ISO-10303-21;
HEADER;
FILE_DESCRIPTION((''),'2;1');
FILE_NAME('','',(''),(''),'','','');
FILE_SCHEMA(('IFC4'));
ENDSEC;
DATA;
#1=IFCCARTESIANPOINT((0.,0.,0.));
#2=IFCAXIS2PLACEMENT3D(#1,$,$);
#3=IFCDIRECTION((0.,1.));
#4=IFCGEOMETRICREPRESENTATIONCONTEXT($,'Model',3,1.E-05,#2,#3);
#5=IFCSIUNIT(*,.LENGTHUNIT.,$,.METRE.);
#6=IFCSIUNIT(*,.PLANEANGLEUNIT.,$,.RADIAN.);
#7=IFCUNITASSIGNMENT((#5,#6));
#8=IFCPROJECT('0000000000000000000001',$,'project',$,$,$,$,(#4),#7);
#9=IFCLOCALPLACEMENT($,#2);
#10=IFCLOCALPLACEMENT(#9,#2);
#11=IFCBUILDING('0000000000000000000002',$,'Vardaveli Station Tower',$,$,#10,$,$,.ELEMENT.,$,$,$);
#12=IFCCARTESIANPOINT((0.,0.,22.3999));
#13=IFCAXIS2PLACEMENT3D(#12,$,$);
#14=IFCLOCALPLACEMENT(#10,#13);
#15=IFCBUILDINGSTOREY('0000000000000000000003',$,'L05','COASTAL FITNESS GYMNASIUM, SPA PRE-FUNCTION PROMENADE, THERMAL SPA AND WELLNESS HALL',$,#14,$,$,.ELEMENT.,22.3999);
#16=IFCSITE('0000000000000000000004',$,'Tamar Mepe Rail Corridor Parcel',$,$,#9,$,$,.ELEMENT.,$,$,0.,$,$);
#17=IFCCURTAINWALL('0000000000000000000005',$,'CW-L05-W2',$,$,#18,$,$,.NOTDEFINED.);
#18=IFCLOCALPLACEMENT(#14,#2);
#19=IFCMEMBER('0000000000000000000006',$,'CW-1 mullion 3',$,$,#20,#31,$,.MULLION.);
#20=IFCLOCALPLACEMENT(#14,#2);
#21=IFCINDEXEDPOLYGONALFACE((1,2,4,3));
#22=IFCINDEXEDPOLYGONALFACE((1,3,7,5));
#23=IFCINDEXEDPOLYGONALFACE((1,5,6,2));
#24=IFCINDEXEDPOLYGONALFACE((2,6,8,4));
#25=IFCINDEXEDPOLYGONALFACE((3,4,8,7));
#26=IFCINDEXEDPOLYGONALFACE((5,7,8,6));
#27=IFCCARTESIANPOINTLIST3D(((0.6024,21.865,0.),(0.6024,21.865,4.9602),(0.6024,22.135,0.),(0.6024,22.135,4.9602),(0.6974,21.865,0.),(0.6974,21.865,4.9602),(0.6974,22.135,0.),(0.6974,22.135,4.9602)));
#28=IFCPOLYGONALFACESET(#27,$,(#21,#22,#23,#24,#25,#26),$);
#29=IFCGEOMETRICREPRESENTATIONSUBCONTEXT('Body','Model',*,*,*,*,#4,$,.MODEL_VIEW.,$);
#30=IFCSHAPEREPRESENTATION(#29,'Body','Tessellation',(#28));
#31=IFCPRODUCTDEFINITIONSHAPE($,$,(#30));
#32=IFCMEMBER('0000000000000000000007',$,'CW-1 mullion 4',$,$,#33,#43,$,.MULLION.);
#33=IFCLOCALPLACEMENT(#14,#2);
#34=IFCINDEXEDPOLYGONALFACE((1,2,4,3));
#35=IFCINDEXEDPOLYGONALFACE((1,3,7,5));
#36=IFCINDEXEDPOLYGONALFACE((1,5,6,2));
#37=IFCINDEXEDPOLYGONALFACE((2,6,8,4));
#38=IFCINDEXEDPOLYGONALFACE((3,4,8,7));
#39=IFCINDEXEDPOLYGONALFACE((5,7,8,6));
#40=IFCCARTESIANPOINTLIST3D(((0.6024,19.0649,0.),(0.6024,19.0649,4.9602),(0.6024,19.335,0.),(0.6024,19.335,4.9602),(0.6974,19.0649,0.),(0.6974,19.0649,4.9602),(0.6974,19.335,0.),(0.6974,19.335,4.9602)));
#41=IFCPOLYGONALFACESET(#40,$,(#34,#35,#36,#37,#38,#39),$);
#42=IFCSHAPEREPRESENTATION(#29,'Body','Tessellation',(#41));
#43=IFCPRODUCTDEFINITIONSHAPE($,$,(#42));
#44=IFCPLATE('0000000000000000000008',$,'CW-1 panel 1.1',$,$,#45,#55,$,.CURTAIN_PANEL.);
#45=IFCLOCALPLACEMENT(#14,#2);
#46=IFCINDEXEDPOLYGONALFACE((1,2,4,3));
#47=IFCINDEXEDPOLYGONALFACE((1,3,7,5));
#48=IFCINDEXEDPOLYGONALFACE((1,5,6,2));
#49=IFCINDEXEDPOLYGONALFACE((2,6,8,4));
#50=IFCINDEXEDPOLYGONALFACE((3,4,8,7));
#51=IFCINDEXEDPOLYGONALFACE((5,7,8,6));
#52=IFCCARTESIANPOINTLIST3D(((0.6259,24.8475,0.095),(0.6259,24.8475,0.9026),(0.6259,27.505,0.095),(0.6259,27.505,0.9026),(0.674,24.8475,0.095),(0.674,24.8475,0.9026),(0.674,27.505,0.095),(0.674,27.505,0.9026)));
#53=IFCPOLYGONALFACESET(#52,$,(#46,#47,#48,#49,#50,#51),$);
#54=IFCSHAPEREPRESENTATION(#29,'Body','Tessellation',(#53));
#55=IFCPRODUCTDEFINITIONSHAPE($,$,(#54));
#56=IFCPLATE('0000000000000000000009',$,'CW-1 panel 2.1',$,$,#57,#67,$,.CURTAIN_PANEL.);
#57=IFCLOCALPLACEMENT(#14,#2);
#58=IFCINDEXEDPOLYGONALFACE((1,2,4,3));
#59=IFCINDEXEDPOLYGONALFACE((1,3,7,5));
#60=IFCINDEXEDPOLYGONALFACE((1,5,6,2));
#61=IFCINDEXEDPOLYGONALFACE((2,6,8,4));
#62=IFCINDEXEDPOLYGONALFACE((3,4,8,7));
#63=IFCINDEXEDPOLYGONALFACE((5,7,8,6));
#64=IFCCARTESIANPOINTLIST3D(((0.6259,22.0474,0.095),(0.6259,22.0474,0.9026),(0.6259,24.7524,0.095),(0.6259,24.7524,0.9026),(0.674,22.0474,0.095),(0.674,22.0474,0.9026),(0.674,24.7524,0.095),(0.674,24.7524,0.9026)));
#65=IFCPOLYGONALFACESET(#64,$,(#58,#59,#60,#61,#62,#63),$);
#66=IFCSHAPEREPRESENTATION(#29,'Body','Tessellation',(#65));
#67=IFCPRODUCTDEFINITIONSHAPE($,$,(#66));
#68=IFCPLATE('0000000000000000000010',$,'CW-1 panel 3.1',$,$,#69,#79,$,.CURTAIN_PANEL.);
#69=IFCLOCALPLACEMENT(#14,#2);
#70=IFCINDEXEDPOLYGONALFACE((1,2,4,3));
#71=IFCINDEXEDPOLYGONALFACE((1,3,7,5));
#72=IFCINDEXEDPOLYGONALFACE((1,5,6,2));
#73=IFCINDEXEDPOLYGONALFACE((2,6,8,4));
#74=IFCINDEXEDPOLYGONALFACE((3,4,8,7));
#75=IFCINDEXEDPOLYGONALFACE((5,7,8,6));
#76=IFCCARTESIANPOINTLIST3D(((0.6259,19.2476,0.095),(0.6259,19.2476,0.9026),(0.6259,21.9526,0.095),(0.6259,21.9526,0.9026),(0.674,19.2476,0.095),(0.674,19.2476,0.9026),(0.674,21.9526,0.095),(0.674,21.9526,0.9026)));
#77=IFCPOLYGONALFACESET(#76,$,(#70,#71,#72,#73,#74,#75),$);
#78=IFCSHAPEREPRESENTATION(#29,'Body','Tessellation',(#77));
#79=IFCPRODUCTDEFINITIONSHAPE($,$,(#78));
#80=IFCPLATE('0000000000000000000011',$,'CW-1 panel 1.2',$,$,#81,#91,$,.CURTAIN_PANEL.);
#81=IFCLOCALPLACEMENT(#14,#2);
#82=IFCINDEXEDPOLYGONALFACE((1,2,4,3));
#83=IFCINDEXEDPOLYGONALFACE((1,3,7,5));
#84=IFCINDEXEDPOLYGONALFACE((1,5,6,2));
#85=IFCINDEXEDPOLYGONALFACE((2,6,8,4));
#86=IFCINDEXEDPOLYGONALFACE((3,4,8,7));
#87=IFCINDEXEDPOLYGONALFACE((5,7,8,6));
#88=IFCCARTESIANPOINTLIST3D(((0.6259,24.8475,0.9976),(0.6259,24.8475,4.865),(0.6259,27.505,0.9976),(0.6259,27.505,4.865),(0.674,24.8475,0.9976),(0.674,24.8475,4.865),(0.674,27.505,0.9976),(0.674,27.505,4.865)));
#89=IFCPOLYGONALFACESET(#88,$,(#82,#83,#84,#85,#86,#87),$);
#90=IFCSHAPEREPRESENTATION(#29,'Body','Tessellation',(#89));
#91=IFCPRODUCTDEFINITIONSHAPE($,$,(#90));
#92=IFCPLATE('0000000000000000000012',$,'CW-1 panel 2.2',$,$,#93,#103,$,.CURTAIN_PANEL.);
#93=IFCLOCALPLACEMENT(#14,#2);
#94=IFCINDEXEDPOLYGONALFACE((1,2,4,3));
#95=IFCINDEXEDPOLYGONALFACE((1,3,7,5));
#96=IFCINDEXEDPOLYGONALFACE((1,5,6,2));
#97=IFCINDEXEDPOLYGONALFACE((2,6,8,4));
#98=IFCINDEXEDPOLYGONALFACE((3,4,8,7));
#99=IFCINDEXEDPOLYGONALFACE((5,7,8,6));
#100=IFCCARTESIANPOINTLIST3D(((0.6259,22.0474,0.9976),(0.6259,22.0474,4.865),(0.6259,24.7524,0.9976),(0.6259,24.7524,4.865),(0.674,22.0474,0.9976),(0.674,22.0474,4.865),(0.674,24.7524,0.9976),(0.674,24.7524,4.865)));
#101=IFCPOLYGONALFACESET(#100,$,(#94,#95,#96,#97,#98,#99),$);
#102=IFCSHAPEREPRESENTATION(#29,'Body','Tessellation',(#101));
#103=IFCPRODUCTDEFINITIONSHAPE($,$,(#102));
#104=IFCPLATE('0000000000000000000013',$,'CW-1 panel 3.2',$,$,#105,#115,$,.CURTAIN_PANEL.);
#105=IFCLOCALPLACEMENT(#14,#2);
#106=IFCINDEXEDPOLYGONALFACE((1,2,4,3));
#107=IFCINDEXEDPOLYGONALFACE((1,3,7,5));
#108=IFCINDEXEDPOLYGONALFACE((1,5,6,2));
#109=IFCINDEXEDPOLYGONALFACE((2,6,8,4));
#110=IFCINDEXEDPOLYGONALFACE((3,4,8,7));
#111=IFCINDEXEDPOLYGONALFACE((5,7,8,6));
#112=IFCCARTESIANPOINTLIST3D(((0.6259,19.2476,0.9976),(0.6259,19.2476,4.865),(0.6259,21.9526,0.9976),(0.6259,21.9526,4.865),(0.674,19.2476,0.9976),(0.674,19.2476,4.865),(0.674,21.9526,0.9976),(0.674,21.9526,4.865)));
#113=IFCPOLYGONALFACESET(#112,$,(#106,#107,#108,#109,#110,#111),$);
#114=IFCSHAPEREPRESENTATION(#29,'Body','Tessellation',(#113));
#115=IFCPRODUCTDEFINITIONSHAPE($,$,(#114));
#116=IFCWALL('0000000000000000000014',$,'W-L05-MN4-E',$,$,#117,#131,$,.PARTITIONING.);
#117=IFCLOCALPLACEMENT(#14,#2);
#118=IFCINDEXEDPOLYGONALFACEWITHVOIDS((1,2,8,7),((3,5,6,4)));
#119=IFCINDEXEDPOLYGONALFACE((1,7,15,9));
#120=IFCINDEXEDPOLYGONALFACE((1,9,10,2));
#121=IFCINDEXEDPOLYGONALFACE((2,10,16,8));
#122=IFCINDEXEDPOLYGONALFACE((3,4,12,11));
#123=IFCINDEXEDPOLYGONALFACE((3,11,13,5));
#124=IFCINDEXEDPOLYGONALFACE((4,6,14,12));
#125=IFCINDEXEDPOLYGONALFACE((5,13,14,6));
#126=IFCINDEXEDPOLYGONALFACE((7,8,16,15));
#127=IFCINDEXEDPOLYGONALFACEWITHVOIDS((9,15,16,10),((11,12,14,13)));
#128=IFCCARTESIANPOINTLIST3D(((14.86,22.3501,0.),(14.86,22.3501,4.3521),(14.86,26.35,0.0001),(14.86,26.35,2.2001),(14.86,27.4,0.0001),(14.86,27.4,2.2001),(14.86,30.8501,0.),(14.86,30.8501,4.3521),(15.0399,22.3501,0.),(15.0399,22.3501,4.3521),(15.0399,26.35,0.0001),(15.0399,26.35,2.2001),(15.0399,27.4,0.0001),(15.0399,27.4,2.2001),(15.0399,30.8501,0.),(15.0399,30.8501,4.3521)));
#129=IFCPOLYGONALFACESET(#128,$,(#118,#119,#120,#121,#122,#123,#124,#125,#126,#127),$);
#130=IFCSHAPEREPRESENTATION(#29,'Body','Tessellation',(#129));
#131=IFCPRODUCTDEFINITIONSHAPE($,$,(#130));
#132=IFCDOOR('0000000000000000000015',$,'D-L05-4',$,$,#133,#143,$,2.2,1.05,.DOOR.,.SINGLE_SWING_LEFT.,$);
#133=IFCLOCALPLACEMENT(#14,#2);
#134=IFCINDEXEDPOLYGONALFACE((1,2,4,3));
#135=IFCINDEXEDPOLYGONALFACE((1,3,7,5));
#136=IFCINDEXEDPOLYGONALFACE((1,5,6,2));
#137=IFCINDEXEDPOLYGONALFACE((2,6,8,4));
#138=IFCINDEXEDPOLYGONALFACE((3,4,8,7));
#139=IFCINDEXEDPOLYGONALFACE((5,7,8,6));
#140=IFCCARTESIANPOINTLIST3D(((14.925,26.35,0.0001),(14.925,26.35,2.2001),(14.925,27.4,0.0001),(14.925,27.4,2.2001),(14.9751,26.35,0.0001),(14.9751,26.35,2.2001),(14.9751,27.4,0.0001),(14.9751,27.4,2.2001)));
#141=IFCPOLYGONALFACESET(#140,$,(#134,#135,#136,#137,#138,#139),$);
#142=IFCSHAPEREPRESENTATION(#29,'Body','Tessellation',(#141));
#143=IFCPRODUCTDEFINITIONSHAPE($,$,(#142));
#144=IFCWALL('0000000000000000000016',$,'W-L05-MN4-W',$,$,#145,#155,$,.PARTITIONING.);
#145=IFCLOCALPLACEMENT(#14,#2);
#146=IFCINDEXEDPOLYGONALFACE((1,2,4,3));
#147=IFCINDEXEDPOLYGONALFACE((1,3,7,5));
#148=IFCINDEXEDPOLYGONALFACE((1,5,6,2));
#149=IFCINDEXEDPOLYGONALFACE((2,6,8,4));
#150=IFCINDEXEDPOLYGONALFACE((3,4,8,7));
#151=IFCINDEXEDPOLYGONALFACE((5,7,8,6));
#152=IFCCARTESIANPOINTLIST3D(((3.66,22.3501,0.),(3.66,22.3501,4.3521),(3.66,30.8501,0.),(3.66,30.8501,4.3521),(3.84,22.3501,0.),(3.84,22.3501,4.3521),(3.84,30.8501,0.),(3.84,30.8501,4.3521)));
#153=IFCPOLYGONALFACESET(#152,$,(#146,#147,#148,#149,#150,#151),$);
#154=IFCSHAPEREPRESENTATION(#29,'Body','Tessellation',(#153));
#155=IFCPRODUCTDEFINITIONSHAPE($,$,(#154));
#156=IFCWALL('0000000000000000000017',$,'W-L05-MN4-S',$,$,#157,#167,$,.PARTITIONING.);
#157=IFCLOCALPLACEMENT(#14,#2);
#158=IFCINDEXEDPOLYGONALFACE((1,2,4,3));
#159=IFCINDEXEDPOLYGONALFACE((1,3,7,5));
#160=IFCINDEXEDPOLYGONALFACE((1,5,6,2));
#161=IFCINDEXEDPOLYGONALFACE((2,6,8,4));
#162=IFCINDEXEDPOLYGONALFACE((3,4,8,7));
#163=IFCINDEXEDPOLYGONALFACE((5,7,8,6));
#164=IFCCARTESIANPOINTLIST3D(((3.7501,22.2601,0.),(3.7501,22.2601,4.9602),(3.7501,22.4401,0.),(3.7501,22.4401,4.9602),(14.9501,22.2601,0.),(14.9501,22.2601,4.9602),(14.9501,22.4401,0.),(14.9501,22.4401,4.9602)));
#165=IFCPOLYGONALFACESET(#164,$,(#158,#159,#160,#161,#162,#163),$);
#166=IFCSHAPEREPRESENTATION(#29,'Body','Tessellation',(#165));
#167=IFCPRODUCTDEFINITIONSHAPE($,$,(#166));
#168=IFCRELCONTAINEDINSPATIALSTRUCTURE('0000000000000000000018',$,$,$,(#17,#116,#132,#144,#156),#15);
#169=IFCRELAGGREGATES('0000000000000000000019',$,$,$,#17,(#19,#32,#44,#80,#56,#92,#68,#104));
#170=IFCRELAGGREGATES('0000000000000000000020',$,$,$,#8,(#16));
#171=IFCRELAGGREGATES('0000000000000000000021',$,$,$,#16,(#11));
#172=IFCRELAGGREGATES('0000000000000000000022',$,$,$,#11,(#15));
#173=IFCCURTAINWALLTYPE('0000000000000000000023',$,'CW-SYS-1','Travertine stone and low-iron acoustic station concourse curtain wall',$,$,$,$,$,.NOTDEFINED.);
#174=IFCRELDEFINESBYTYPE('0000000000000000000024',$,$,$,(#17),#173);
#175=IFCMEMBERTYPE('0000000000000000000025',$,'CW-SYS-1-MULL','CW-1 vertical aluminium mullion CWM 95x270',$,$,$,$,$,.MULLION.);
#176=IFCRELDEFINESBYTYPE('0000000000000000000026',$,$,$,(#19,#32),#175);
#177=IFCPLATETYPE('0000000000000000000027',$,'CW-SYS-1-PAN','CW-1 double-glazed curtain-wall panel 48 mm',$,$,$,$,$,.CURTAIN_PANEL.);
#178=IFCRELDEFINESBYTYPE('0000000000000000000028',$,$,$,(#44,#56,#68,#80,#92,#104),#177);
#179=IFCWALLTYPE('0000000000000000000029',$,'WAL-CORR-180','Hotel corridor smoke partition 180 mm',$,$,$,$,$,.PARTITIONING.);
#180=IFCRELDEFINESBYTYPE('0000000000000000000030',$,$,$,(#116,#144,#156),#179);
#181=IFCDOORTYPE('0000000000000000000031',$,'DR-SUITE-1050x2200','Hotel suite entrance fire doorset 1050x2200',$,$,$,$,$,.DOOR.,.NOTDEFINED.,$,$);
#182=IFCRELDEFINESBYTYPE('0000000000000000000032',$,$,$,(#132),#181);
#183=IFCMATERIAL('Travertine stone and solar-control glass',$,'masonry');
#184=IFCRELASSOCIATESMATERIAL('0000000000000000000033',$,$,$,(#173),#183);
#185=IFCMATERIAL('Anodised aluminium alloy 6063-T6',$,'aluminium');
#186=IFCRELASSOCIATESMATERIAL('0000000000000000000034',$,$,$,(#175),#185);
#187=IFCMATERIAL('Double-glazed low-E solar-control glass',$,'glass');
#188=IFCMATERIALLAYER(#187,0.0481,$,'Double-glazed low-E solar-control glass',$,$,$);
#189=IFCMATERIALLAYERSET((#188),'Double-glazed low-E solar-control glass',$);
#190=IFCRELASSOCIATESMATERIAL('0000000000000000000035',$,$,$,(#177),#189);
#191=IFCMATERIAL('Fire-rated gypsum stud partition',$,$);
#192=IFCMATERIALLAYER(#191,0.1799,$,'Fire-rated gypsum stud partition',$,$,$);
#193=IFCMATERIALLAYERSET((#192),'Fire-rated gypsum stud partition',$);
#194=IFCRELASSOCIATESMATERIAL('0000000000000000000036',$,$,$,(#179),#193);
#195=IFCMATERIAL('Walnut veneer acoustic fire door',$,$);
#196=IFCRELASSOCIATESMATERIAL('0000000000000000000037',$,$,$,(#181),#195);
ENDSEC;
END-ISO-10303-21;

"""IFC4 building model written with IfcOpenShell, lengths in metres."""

from ifc_helpers import new_model, si_unit, direction, frame, frame_2d, origin, origin_2d, place, context, subcontext, project, spatial, rectangle, extrude, source, transform, mapped, material, layer, layer_set, material_profile, profile_set, type_object, element, fill, aggregate, save


model = new_model("IFC4")

# Units and contexts
model_context = context("Model", 3, precision=1e-05, world=origin(), true_north=direction((0.0, 1.0)))
body_context = subcontext(model_context, "Body", "Model", "MODEL_VIEW")
ifc_project = project(units=[si_unit("LENGTHUNIT", "METRE"), si_unit("PLANEANGLEUNIT", "RADIAN")], contexts=[model_context])

# Site, building, storey
site_placement = place(None, origin())
site = spatial("IfcSite", under=ifc_project, at=site_placement, Name="Tamar Mepe Rail Corridor Parcel", CompositionType="ELEMENT", RefElevation=0.0)
building_placement = place(site_placement, origin())
building = spatial("IfcBuilding", under=site, at=building_placement, Name="Vardaveli Station Tower", CompositionType="ELEMENT")
storey_placement = place(building_placement, frame((0.0, 0.0, 22.3999)))
storey = spatial("IfcBuildingStorey", under=building, at=storey_placement, Name="L05", Description="COASTAL FITNESS GYMNASIUM, SPA PRE-FUNCTION PROMENADE, THERMAL SPA AND WELLNESS HALL", CompositionType="ELEMENT", Elevation=22.3999)

# Curtain wall, members, plates
ifc_material_1 = material(Name="Travertine stone and solar-control glass", Category="masonry")
curtain_wall_type = type_object("IfcCurtainWallType", Name="CW-SYS-1", Description="Travertine stone and low-iron acoustic station concourse curtain wall", PredefinedType="NOTDEFINED", material=ifc_material_1)
curtain_wall_placement = place(storey_placement, origin())
curtain_wall = element("IfcCurtainWall", 1, at=curtain_wall_placement, inside=storey, type_object=curtain_wall_type, Name="CW-L05-W2", PredefinedType="NOTDEFINED")
ifc_material_2 = material(Name="Anodised aluminium alloy 6063-T6", Category="aluminium")
ifc_material_profile_1 = material_profile(ifc_material_2, rectangle(XDim=0.095, YDim=0.27, at=origin_2d()), Name="CWM 95x270")
ifc_profile_set_1 = profile_set([ifc_material_profile_1], Name="Anodised aluminium alloy 6063-T6")
member_type_1 = type_object("IfcMemberType", Name="CW-SYS-1-MULL", Description="CW-1 vertical aluminium mullion CWM 95x270", PredefinedType="MULLION", material=ifc_profile_set_1)
shared_shape_1 = source(origin(), body_context, "Body", "SweptSolid", [
    extrude(rectangle(XDim=0.095, YDim=0.27, at=origin_2d()), origin(), (0.0, 0.0, 1.0), 4.9602),
])
member_1_placement = place(storey_placement, frame((0.6499, 22.0, 0.0), z_axis=(0.0, 0.0, 1.0), x_axis=(1.0, 0.0, 0.0)))
member_1 = element("IfcMember", 2, at=member_1_placement, type_object=member_type_1, Name="CW-1 mullion 3", PredefinedType="MULLION", context=body_context, shape_type="MappedRepresentation", body=[
    mapped(shared_shape_1, transform((0.0, 0.0, 0.0), scale=1.0)),
])
member_2_placement = place(storey_placement, frame((0.6499, 19.2, 0.0), z_axis=(0.0, 0.0, 1.0), x_axis=(1.0, 0.0, 0.0)))
member_2 = element("IfcMember", 3, at=member_2_placement, type_object=member_type_1, Name="CW-1 mullion 4", PredefinedType="MULLION", context=body_context, shape_type="MappedRepresentation", body=[
    mapped(shared_shape_1, transform((0.0, 0.0, 0.0), scale=1.0)),
])
ifc_material_3 = material(Name="Double-glazed low-E solar-control glass", Category="glass")
ifc_layer_1 = layer(ifc_material_3, 0.0481, Name="Double-glazed low-E solar-control glass")
ifc_layer_set_1 = layer_set([ifc_layer_1], Name="Double-glazed low-E solar-control glass")
plate_type = type_object("IfcPlateType", Name="CW-SYS-1-PAN", Description="CW-1 double-glazed curtain-wall panel 48 mm", PredefinedType="CURTAIN_PANEL", material=ifc_layer_set_1)
shared_shape_2 = source(origin(), body_context, "Body", "SweptSolid", [
    extrude(rectangle(XDim=2.6575, YDim=0.0481, at=origin_2d()), origin(), (0.0, 0.0, 1.0), 0.8076),
])
plate_1_placement = place(storey_placement, frame((0.6499, 26.1763, 0.095), z_axis=(0.0, 0.0, 1.0), x_axis=(0.0, -1.0, 0.0)))
plate_1 = element("IfcPlate", 4, at=plate_1_placement, type_object=plate_type, Name="CW-1 panel 1.1", PredefinedType="CURTAIN_PANEL", context=body_context, shape_type="MappedRepresentation", body=[
    mapped(shared_shape_2, transform((0.0, 0.0, 0.0), scale=1.0)),
])
shared_shape_3 = source(origin(), body_context, "Body", "SweptSolid", [
    extrude(rectangle(XDim=2.7051, YDim=0.0481, at=origin_2d()), origin(), (0.0, 0.0, 1.0), 0.8076),
])
plate_2_placement = place(storey_placement, frame((0.6499, 23.3999, 0.095), z_axis=(0.0, 0.0, 1.0), x_axis=(0.0, -1.0, 0.0)))
plate_2 = element("IfcPlate", 5, at=plate_2_placement, type_object=plate_type, Name="CW-1 panel 2.1", PredefinedType="CURTAIN_PANEL", context=body_context, shape_type="MappedRepresentation", body=[
    mapped(shared_shape_3, transform((0.0, 0.0, 0.0), scale=1.0)),
])
plate_3_placement = place(storey_placement, frame((0.6499, 20.6001, 0.095), z_axis=(0.0, 0.0, 1.0), x_axis=(0.0, -1.0, 0.0)))
plate_3 = element("IfcPlate", 6, at=plate_3_placement, type_object=plate_type, Name="CW-1 panel 3.1", PredefinedType="CURTAIN_PANEL", context=body_context, shape_type="MappedRepresentation", body=[
    mapped(shared_shape_3, transform((0.0, 0.0, 0.0), scale=1.0)),
])
shared_shape_4 = source(origin(), body_context, "Body", "SweptSolid", [
    extrude(rectangle(XDim=2.6575, YDim=0.0481, at=origin_2d()), origin(), (0.0, 0.0, 1.0), 3.8674),
])
plate_4_placement = place(storey_placement, frame((0.6499, 26.1763, 0.9976), z_axis=(0.0, 0.0, 1.0), x_axis=(0.0, -1.0, 0.0)))
plate_4 = element("IfcPlate", 7, at=plate_4_placement, type_object=plate_type, Name="CW-1 panel 1.2", PredefinedType="CURTAIN_PANEL", context=body_context, shape_type="MappedRepresentation", body=[
    mapped(shared_shape_4, transform((0.0, 0.0, 0.0), scale=1.0)),
])
shared_shape_5 = source(origin(), body_context, "Body", "SweptSolid", [
    extrude(rectangle(XDim=2.7051, YDim=0.0481, at=origin_2d()), origin(), (0.0, 0.0, 1.0), 3.8674),
])
plate_5_placement = place(storey_placement, frame((0.6499, 23.3999, 0.9976), z_axis=(0.0, 0.0, 1.0), x_axis=(0.0, -1.0, 0.0)))
plate_5 = element("IfcPlate", 8, at=plate_5_placement, type_object=plate_type, Name="CW-1 panel 2.2", PredefinedType="CURTAIN_PANEL", context=body_context, shape_type="MappedRepresentation", body=[
    mapped(shared_shape_5, transform((0.0, 0.0, 0.0), scale=1.0)),
])
plate_6_placement = place(storey_placement, frame((0.6499, 20.6001, 0.9976), z_axis=(0.0, 0.0, 1.0), x_axis=(0.0, -1.0, 0.0)))
plate_6 = element("IfcPlate", 9, at=plate_6_placement, type_object=plate_type, Name="CW-1 panel 3.2", PredefinedType="CURTAIN_PANEL", context=body_context, shape_type="MappedRepresentation", body=[
    mapped(shared_shape_5, transform((0.0, 0.0, 0.0), scale=1.0)),
])
aggregate(curtain_wall, [member_1, member_2, plate_1, plate_4, plate_2, plate_5, plate_3, plate_6])

# Wall, opening, door
ifc_material_4 = material(Name="Fire-rated gypsum stud partition")
ifc_layer_2 = layer(ifc_material_4, 0.1799, Name="Fire-rated gypsum stud partition")
ifc_layer_set_2 = layer_set([ifc_layer_2], Name="Fire-rated gypsum stud partition")
wall_type = type_object("IfcWallType", Name="WAL-CORR-180", Description="Hotel corridor smoke partition 180 mm", PredefinedType="PARTITIONING", material=ifc_layer_set_2)
shared_shape_6 = source(origin(), body_context, "Body", "SweptSolid", [
    extrude(rectangle(XDim=8.5, YDim=0.1799, at=frame_2d((4.25, 0.0))), origin(), (0.0, 0.0, 1.0), 4.3521),
])
wall_1_placement = place(storey_placement, frame((14.95, 22.3501, 0.0), z_axis=(0.0, 0.0, 1.0), x_axis=(0.0, 1.0, 0.0)))
wall_1 = element("IfcWall", 10, at=wall_1_placement, inside=storey, type_object=wall_type, Name="W-L05-MN4-E", PredefinedType="PARTITIONING", context=body_context, shape_type="MappedRepresentation", body=[
    mapped(shared_shape_6, transform((0.0, 0.0, 0.0), scale=1.0)),
])
shared_shape_7 = source(origin(), body_context, "Body", "SweptSolid", [
    extrude(rectangle(XDim=1.05, YDim=2.2, at=frame_2d((0.5249, 1.1001))), frame((0.0, 0.1001, 0.0), z_axis=(0.0, -1.0, 0.0), x_axis=(1.0, 0.0, 0.0)), (0.0, 0.0, 1.0), 0.2),
])
opening_placement = place(wall_1_placement, frame((4.0, 0.0, 0.0)))
opening = element("IfcOpeningElement", 11, at=opening_placement, cuts=wall_1, PredefinedType="OPENING", context=body_context, shape_type="MappedRepresentation", body=[
    mapped(shared_shape_7, transform((0.0, 0.0, 0.0), scale=1.0)),
])
ifc_material_5 = material(Name="Walnut veneer acoustic fire door")
door_type = type_object("IfcDoorType", Name="DR-SUITE-1050x2200", Description="Hotel suite entrance fire doorset 1050x2200", OperationType="NOTDEFINED", PredefinedType="DOOR", material=ifc_material_5)
shared_shape_8 = source(origin(), body_context, "Body", "SweptSolid", [
    extrude(rectangle(XDim=1.05, YDim=2.2, at=frame_2d((0.5249, 1.1001))), frame((0.0, 0.0249, 0.0), z_axis=(0.0, -1.0, 0.0), x_axis=(1.0, 0.0, 0.0)), (0.0, 0.0, 1.0), 0.05),
])
door_placement = place(opening_placement, origin())
door = element("IfcDoor", 12, at=door_placement, inside=storey, type_object=door_type, Name="D-L05-4", OperationType="SINGLE_SWING_LEFT", OverallHeight=2.2, OverallWidth=1.05, PredefinedType="DOOR", context=body_context, shape_type="MappedRepresentation", body=[
    mapped(shared_shape_8, transform((0.0, 0.0, 0.0), scale=1.0)),
])
fill(opening, door)

# Walls
wall_2_placement = place(storey_placement, frame((3.75, 22.3501, 0.0), z_axis=(0.0, 0.0, 1.0), x_axis=(0.0, 1.0, 0.0)))
element("IfcWall", 13, at=wall_2_placement, inside=storey, type_object=wall_type, Name="W-L05-MN4-W", PredefinedType="PARTITIONING", context=body_context, shape_type="MappedRepresentation", body=[
    mapped(shared_shape_6, transform((0.0, 0.0, 0.0), scale=1.0)),
])
shared_shape_9 = source(origin(), body_context, "Body", "SweptSolid", [
    extrude(rectangle(XDim=11.2, YDim=0.1799, at=frame_2d((5.6001, 0.0))), origin(), (0.0, 0.0, 1.0), 4.9602),
])
wall_3_placement = place(storey_placement, frame((3.75, 22.3501, 0.0), z_axis=(0.0, 0.0, 1.0), x_axis=(1.0, 0.0, 0.0)))
element("IfcWall", 14, at=wall_3_placement, inside=storey, type_object=wall_type, Name="W-L05-MN4-S", PredefinedType="PARTITIONING", context=body_context, shape_type="MappedRepresentation", body=[
    mapped(shared_shape_9, transform((0.0, 0.0, 0.0), scale=1.0)),
])

save(model, "model.ifc")
